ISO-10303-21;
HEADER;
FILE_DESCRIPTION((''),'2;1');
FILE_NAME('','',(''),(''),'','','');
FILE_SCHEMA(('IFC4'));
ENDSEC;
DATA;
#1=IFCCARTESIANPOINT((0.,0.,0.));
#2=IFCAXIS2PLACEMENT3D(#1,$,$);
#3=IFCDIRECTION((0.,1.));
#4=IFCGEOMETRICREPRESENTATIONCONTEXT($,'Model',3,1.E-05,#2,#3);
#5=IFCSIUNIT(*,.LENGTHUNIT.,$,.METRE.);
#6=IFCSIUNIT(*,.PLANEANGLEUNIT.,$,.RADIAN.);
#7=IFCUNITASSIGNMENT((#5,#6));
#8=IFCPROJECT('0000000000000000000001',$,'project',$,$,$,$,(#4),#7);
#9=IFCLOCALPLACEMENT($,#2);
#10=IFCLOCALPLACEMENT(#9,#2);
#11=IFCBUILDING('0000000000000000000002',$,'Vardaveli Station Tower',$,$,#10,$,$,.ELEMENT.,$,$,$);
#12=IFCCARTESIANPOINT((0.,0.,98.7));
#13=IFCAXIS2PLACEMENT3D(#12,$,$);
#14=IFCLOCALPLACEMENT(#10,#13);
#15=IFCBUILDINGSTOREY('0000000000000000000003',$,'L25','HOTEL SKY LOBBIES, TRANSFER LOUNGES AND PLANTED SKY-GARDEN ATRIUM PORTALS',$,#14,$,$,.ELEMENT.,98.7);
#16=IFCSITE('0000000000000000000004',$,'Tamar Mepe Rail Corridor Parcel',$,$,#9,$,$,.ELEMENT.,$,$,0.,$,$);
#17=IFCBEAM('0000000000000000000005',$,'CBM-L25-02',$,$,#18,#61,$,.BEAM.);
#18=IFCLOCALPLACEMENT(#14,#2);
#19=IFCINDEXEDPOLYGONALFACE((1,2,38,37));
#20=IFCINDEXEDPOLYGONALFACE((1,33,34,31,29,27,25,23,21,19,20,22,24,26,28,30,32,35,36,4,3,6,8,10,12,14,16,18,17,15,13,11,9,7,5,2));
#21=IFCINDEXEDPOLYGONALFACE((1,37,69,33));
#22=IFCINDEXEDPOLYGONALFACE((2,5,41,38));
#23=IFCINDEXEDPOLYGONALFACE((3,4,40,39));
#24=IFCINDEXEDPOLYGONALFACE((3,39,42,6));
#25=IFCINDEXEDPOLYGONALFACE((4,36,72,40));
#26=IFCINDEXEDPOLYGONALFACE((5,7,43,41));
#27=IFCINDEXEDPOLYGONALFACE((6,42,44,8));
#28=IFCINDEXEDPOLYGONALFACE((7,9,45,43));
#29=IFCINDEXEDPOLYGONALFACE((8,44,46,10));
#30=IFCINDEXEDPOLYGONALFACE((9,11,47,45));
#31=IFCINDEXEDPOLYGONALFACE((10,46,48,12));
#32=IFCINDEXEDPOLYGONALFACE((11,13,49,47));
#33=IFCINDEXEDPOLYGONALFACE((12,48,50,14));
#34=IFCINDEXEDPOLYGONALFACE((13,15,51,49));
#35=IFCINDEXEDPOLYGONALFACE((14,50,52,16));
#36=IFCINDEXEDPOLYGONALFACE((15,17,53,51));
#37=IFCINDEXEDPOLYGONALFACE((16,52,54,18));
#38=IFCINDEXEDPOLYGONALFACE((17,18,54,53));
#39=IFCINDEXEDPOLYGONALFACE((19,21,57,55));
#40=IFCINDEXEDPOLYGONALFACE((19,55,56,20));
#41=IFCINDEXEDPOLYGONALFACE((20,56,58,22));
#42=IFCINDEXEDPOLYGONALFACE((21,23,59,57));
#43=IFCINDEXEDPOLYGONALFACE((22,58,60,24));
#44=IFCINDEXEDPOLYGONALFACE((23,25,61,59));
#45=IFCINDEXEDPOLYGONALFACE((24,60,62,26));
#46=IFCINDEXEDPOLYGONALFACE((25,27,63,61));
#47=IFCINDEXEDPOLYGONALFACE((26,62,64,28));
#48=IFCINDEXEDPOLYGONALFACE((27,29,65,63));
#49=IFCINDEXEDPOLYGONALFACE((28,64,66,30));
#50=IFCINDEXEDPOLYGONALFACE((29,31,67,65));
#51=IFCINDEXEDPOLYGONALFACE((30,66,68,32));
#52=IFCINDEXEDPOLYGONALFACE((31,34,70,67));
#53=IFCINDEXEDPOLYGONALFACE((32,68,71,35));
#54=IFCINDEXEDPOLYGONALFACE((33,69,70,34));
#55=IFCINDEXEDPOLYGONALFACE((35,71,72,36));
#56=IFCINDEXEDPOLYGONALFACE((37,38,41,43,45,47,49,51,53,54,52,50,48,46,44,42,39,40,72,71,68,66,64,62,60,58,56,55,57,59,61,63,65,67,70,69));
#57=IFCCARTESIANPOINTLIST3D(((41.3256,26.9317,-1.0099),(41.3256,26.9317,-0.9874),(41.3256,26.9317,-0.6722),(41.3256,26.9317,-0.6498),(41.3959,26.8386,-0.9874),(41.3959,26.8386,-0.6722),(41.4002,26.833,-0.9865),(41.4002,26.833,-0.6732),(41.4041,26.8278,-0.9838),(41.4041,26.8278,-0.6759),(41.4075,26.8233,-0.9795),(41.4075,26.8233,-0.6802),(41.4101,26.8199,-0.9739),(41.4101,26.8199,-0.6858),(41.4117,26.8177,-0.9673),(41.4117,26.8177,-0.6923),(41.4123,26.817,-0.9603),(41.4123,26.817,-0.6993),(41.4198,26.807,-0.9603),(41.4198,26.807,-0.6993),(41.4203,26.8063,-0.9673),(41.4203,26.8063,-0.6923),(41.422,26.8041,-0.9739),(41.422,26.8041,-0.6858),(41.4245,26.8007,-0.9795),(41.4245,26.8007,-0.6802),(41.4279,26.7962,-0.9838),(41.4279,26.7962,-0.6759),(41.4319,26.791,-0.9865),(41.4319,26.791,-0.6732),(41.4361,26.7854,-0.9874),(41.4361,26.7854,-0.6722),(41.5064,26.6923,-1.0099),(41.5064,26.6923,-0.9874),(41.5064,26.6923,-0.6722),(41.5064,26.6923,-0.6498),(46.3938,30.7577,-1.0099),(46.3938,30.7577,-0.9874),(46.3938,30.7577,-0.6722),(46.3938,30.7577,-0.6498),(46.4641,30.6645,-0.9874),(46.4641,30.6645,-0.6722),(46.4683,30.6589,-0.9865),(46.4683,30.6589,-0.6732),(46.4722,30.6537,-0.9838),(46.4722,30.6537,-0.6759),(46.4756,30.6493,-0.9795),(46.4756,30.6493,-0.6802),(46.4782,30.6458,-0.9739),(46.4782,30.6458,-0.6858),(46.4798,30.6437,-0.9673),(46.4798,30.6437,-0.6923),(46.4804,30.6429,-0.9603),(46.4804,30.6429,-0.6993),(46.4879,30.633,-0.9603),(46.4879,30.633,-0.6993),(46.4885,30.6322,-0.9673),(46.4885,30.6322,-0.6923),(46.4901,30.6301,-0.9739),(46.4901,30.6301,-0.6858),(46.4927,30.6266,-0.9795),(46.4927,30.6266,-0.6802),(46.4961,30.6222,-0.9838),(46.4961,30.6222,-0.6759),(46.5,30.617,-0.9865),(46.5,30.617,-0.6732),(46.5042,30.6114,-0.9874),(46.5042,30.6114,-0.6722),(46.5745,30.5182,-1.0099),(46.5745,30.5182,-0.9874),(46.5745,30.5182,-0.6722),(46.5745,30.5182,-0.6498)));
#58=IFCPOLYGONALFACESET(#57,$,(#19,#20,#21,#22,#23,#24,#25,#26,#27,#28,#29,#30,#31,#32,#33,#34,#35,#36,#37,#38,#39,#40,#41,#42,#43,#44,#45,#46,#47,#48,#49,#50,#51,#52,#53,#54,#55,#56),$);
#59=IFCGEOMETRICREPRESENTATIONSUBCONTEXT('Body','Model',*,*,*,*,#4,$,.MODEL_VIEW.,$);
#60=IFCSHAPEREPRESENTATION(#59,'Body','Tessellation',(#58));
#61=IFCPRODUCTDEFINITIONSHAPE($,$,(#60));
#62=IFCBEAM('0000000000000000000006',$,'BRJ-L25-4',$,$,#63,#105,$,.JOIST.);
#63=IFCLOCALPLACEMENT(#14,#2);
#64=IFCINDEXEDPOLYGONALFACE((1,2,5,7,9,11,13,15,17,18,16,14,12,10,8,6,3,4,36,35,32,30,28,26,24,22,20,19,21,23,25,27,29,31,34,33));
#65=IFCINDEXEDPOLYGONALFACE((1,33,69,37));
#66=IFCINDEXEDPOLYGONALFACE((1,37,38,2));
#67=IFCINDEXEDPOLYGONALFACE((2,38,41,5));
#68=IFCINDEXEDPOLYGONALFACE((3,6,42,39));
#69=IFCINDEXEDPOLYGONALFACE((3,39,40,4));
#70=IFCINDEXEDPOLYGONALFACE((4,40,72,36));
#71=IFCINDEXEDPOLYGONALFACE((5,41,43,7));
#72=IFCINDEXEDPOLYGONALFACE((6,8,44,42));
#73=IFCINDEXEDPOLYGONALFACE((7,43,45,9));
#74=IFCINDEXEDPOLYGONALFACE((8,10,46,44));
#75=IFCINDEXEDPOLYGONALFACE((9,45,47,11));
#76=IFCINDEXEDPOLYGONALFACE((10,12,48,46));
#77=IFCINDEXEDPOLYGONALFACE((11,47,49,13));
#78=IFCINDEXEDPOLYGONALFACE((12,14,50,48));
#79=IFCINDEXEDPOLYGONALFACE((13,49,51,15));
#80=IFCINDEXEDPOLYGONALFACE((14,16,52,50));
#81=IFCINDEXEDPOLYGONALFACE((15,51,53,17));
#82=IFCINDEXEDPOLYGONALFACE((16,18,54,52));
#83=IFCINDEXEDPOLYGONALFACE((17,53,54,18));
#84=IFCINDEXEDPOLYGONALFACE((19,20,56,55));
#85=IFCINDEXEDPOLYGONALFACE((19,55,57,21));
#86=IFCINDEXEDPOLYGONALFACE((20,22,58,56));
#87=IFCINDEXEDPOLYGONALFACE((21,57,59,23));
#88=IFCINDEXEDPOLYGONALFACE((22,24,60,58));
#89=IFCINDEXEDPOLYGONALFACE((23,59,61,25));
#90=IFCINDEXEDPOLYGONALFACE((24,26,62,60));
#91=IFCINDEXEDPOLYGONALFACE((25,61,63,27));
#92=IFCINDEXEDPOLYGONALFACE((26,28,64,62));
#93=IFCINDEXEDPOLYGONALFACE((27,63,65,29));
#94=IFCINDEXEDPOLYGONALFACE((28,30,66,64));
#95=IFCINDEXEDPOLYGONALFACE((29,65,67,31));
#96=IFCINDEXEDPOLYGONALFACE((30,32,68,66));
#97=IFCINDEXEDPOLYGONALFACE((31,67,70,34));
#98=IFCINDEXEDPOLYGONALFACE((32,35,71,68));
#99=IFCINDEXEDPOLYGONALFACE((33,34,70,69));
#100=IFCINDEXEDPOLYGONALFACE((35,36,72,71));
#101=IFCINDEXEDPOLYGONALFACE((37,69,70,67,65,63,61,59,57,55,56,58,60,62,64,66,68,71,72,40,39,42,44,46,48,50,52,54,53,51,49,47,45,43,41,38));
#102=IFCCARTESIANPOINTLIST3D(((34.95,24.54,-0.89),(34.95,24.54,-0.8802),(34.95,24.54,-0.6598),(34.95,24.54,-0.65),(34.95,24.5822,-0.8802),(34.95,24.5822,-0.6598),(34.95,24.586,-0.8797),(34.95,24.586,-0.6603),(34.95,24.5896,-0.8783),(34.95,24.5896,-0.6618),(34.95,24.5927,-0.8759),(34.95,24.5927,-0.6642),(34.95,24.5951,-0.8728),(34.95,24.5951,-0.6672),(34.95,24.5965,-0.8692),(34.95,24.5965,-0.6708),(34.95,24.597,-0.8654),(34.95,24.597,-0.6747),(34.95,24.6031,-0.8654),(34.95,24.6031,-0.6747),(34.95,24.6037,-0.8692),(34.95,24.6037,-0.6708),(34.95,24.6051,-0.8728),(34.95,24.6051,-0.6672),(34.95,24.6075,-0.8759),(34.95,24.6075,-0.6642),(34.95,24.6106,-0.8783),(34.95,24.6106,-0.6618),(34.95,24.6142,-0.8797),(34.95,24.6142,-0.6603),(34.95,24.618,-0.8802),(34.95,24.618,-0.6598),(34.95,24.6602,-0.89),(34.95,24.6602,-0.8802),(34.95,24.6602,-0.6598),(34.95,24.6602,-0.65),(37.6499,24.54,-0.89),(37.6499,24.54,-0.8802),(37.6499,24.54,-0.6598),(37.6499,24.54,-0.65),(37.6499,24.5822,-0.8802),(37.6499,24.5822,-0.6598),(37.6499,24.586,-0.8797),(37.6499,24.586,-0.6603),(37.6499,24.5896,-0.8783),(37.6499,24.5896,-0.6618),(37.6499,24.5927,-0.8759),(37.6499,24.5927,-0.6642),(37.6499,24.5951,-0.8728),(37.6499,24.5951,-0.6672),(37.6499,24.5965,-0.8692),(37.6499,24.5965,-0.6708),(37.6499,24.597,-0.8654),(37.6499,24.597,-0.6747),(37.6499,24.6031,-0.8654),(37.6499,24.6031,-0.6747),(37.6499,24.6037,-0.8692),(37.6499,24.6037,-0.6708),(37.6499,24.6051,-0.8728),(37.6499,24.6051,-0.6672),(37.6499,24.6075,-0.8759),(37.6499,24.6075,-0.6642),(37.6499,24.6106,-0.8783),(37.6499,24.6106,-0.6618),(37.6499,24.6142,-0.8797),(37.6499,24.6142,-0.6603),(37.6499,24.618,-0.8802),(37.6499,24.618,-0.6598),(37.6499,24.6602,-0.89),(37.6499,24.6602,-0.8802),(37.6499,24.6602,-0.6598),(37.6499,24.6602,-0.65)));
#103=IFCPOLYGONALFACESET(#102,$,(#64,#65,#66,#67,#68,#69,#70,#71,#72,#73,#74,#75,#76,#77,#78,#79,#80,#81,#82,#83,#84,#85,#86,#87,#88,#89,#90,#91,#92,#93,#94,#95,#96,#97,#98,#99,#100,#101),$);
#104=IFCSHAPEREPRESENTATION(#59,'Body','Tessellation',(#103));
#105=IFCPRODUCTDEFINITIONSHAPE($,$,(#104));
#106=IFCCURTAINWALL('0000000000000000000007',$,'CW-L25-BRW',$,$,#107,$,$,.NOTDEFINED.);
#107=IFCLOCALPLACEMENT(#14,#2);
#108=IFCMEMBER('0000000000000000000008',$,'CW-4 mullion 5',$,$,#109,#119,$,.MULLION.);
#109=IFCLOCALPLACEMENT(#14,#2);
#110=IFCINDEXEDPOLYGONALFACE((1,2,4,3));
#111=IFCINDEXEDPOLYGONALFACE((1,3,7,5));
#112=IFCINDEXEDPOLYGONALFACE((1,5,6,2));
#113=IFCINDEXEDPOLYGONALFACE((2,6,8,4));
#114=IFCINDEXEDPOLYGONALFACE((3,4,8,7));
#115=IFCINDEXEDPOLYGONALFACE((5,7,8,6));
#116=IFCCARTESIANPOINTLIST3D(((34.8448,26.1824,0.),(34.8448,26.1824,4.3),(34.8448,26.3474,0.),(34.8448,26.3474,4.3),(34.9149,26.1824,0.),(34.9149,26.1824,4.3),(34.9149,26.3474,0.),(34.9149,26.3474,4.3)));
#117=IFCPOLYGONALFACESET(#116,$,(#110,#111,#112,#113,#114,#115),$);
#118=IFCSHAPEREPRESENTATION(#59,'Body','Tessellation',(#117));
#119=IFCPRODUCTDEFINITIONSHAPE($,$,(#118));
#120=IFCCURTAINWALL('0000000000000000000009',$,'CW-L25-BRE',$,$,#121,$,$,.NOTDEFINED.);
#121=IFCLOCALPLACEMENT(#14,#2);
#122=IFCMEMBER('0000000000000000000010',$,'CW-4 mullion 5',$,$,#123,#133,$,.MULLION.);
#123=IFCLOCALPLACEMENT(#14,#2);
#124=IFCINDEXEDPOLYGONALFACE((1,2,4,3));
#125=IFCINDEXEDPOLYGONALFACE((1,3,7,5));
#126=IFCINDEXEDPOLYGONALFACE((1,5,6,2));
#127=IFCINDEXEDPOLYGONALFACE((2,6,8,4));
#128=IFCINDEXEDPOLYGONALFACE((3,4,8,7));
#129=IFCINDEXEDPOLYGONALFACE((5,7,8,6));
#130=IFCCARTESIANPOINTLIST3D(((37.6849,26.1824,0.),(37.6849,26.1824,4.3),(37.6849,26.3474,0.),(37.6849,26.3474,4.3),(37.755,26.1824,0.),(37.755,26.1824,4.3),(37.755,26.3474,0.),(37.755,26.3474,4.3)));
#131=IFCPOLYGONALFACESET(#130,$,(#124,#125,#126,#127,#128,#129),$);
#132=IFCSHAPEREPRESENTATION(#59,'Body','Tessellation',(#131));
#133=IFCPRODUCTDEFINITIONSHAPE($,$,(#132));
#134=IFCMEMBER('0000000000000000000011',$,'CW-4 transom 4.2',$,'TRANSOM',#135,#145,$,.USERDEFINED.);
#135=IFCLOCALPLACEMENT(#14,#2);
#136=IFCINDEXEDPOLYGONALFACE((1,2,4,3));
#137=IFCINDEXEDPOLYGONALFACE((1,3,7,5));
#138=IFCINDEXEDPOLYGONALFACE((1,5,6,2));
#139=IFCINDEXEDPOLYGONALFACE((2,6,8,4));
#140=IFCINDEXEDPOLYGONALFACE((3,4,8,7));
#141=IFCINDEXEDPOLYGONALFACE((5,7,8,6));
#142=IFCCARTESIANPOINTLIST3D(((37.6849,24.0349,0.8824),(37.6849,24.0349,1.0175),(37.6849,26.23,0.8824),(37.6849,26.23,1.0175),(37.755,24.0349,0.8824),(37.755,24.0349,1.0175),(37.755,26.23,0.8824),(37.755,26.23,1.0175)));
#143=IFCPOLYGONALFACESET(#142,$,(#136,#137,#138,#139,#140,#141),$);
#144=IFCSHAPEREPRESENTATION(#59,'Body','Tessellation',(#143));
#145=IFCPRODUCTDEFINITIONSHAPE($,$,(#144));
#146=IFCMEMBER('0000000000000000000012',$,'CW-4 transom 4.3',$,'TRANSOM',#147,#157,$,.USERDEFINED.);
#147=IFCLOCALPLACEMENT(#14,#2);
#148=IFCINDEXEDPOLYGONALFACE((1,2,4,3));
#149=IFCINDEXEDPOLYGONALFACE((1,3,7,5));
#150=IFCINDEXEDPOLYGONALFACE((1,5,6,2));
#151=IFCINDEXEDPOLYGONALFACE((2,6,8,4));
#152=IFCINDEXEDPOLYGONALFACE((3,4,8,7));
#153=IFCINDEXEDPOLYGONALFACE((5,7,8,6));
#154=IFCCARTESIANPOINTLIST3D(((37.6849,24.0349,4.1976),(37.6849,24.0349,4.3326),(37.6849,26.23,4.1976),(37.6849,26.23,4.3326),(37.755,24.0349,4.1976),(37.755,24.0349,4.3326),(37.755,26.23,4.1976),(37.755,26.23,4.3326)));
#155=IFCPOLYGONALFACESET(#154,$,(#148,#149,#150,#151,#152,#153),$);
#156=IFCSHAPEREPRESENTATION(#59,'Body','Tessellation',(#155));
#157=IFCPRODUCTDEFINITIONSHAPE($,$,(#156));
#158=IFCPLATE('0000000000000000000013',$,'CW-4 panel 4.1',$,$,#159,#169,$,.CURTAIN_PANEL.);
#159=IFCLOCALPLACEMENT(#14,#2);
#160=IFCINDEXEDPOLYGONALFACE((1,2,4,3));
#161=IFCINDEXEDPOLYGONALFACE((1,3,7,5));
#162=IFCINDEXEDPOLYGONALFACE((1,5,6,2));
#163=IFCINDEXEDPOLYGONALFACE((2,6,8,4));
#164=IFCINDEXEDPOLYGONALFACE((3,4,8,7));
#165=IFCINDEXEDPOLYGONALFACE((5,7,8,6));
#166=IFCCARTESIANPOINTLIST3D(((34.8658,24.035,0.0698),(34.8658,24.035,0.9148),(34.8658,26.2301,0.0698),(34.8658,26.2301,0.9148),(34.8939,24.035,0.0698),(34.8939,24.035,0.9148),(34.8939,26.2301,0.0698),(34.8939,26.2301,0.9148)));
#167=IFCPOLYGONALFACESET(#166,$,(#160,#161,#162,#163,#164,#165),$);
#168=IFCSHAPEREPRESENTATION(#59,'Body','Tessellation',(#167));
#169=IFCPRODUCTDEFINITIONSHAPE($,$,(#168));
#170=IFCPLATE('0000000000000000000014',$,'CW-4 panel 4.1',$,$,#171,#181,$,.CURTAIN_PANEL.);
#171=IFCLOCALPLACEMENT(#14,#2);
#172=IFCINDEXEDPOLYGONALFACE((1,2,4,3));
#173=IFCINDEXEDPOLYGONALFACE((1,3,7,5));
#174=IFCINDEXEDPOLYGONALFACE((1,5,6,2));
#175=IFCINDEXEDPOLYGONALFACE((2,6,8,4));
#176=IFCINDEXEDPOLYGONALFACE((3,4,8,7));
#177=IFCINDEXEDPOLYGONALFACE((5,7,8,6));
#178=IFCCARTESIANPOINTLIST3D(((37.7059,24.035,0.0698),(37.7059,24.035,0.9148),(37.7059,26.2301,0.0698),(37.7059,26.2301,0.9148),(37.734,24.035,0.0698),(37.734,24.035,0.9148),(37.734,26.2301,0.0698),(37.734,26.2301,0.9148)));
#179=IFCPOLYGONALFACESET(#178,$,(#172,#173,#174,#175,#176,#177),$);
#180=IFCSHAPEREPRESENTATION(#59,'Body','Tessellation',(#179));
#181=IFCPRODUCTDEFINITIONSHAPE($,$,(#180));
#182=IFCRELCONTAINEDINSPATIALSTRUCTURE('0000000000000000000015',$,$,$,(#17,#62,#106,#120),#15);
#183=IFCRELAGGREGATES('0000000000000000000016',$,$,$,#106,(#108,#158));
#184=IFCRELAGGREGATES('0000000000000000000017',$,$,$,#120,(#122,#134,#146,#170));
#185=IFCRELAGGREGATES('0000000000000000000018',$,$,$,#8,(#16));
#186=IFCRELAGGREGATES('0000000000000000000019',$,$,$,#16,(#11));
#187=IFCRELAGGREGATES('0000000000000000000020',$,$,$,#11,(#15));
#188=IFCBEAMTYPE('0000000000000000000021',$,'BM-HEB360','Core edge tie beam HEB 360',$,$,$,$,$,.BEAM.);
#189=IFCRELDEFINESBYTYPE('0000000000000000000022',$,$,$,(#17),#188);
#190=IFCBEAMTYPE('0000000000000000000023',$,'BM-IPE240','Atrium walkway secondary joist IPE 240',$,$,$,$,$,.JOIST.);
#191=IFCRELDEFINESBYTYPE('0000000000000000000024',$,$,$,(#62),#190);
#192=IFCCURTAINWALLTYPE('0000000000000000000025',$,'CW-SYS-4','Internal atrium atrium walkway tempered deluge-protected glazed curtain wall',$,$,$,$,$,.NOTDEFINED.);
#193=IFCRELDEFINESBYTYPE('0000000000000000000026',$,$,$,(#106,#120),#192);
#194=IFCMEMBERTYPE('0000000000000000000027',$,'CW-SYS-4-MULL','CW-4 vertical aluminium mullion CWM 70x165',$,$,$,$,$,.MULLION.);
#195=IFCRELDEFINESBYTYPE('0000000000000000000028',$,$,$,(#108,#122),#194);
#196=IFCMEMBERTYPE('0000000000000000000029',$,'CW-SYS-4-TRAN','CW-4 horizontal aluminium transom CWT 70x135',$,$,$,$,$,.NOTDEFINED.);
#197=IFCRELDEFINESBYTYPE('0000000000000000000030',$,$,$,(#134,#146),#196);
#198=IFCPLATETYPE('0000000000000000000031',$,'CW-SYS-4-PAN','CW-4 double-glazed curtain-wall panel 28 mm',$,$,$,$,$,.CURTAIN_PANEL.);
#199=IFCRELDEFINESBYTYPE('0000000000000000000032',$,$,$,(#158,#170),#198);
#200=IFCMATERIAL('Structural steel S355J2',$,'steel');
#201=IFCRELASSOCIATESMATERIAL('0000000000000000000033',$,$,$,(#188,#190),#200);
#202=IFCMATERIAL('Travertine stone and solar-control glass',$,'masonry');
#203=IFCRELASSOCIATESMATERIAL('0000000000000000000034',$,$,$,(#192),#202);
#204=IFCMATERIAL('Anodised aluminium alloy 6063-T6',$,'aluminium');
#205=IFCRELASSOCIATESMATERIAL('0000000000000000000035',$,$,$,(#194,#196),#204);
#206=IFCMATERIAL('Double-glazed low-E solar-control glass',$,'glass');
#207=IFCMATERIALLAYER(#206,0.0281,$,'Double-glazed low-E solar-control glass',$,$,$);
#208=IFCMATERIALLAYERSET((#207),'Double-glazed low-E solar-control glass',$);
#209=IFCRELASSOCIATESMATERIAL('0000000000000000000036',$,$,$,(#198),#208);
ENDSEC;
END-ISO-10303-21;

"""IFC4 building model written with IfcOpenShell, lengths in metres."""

from ifc_helpers import new_model, si_unit, direction, frame, origin, origin_2d, place, context, subcontext, project, spatial, rectangle, i_section, extrude, source, transform, mapped, material, layer, layer_set, material_profile, profile_set, type_object, element, aggregate, save


model = new_model("IFC4")

# Units and contexts
model_context = context("Model", 3, precision=1e-05, world=origin(), true_north=direction((0.0, 1.0)))
body_context = subcontext(model_context, "Body", "Model", "MODEL_VIEW")
ifc_project = project(units=[si_unit("LENGTHUNIT", "METRE"), si_unit("PLANEANGLEUNIT", "RADIAN")], contexts=[model_context])

# Site, building, storey
site_placement = place(None, origin())
site = spatial("IfcSite", under=ifc_project, at=site_placement, Name="Tamar Mepe Rail Corridor Parcel", CompositionType="ELEMENT", RefElevation=0.0)
building_placement = place(site_placement, origin())
building = spatial("IfcBuilding", under=site, at=building_placement, Name="Vardaveli Station Tower", CompositionType="ELEMENT")
storey_placement = place(building_placement, frame((0.0, 0.0, 98.7)))
storey = spatial("IfcBuildingStorey", under=building, at=storey_placement, Name="L25", Description="HOTEL SKY LOBBIES, TRANSFER LOUNGES AND PLANTED SKY-GARDEN ATRIUM PORTALS", CompositionType="ELEMENT", Elevation=98.7)

# Beams
ifc_material_1 = material(Name="Structural steel S355J2", Category="steel")
ifc_material_profile_1 = material_profile(ifc_material_1, i_section(OverallWidth=0.3, OverallDepth=0.3601, WebThickness=0.0125, FlangeThickness=0.0225, FilletRadius=0.0271, at=origin_2d()), Name="HEB 360")
ifc_profile_set_1 = profile_set([ifc_material_profile_1], Name="Structural steel S355J2")
beam_type_1 = type_object("IfcBeamType", Name="BM-HEB360", Description="Core edge tie beam HEB 360", PredefinedType="BEAM", material=ifc_profile_set_1)
shared_shape_1 = source(origin(), body_context, "Body", "SweptSolid", [
    extrude(i_section(OverallWidth=0.3, OverallDepth=0.3601, WebThickness=0.0125, FlangeThickness=0.0225, FilletRadius=0.0271, at=origin_2d()), origin(), (0.0, 0.0, 1.0), 6.3501),
])
beam_1_placement = place(storey_placement, frame((41.416, 26.812, -0.8298), z_axis=(0.798118, 0.602501, 0.0), x_axis=(-0.602501, 0.798118, 0.0)))
element("IfcBeam", 1, at=beam_1_placement, inside=storey, type_object=beam_type_1, Name="CBM-L25-02", PredefinedType="BEAM", context=body_context, shape_type="MappedRepresentation", body=[
    mapped(shared_shape_1, transform((0.0, 0.0, 0.0), scale=1.0)),
])
ifc_material_profile_2 = material_profile(ifc_material_1, i_section(OverallWidth=0.1201, OverallDepth=0.24, WebThickness=0.0061, FlangeThickness=0.0098, FilletRadius=0.0149, at=origin_2d()), Name="IPE 240")
ifc_profile_set_2 = profile_set([ifc_material_profile_2], Name="Structural steel S355J2")
beam_type_2 = type_object("IfcBeamType", Name="BM-IPE240", Description="Atrium walkway secondary joist IPE 240", PredefinedType="JOIST", material=ifc_profile_set_2)
shared_shape_2 = source(origin(), body_context, "Body", "SweptSolid", [
    extrude(i_section(OverallWidth=0.1201, OverallDepth=0.24, WebThickness=0.0061, FlangeThickness=0.0098, FilletRadius=0.0149, at=origin_2d()), origin(), (0.0, 0.0, 1.0), 2.7),
])
beam_2_placement = place(storey_placement, frame((34.95, 24.6001, -0.77), z_axis=(1.0, 0.0, 0.0), x_axis=(0.0, 1.0, 0.0)))
element("IfcBeam", 2, at=beam_2_placement, inside=storey, type_object=beam_type_2, Name="BRJ-L25-4", PredefinedType="JOIST", context=body_context, shape_type="MappedRepresentation", body=[
    mapped(shared_shape_2, transform((0.0, 0.0, 0.0), scale=1.0)),
])

# Curtain wall, member
ifc_material_2 = material(Name="Travertine stone and solar-control glass", Category="masonry")
curtain_wall_type = type_object("IfcCurtainWallType", Name="CW-SYS-4", Description="Internal atrium atrium walkway tempered deluge-protected glazed curtain wall", PredefinedType="NOTDEFINED", material=ifc_material_2)
curtain_wall_1_placement = place(storey_placement, origin())
curtain_wall_1 = element("IfcCurtainWall", 3, at=curtain_wall_1_placement, inside=storey, type_object=curtain_wall_type, Name="CW-L25-BRW", PredefinedType="NOTDEFINED")
ifc_material_3 = material(Name="Anodised aluminium alloy 6063-T6", Category="aluminium")
ifc_material_profile_3 = material_profile(ifc_material_3, rectangle(XDim=0.0701, YDim=0.165, at=origin_2d()), Name="CWM 70x165")
ifc_profile_set_3 = profile_set([ifc_material_profile_3], Name="Anodised aluminium alloy 6063-T6")
member_type_1 = type_object("IfcMemberType", Name="CW-SYS-4-MULL", Description="CW-4 vertical aluminium mullion CWM 70x165", PredefinedType="MULLION", material=ifc_profile_set_3)
shared_shape_3 = source(origin(), body_context, "Body", "SweptSolid", [
    extrude(rectangle(XDim=0.0701, YDim=0.165, at=origin_2d()), origin(), (0.0, 0.0, 1.0), 4.3),
])
member_1_placement = place(storey_placement, frame((34.8799, 26.2649, 0.0), z_axis=(0.0, 0.0, 1.0), x_axis=(-1.0, 0.0, 0.0)))
member_1 = element("IfcMember", 4, at=member_1_placement, type_object=member_type_1, Name="CW-4 mullion 5", PredefinedType="MULLION", context=body_context, shape_type="MappedRepresentation", body=[
    mapped(shared_shape_3, transform((0.0, 0.0, 0.0), scale=1.0)),
])

# Curtain wall, members
curtain_wall_2_placement = place(storey_placement, origin())
curtain_wall_2 = element("IfcCurtainWall", 5, at=curtain_wall_2_placement, inside=storey, type_object=curtain_wall_type, Name="CW-L25-BRE", PredefinedType="NOTDEFINED")
member_2_placement = place(storey_placement, frame((37.72, 26.2649, 0.0), z_axis=(0.0, 0.0, 1.0), x_axis=(-1.0, 0.0, 0.0)))
member_2 = element("IfcMember", 6, at=member_2_placement, type_object=member_type_1, Name="CW-4 mullion 5", PredefinedType="MULLION", context=body_context, shape_type="MappedRepresentation", body=[
    mapped(shared_shape_3, transform((0.0, 0.0, 0.0), scale=1.0)),
])
ifc_material_profile_4 = material_profile(ifc_material_3, rectangle(XDim=0.0701, YDim=0.135, at=origin_2d()), Name="CWT 70x135")
ifc_profile_set_4 = profile_set([ifc_material_profile_4], Name="Anodised aluminium alloy 6063-T6")
member_type_2 = type_object("IfcMemberType", Name="CW-SYS-4-TRAN", Description="CW-4 horizontal aluminium transom CWT 70x135", PredefinedType="NOTDEFINED", material=ifc_profile_set_4)
shared_shape_4 = source(origin(), body_context, "Body", "SweptSolid", [
    extrude(rectangle(XDim=0.0701, YDim=0.135, at=origin_2d()), origin(), (0.0, 0.0, 1.0), 2.1951),
])
member_3_placement = place(storey_placement, frame((37.72, 24.0349, 0.95), z_axis=(0.0, 1.0, 0.0), x_axis=(-1.0, 0.0, 0.0)))
member_3 = element("IfcMember", 7, at=member_3_placement, type_object=member_type_2, Name="CW-4 transom 4.2", ObjectType="TRANSOM", PredefinedType="USERDEFINED", context=body_context, shape_type="MappedRepresentation", body=[
    mapped(shared_shape_4, transform((0.0, 0.0, 0.0), scale=1.0)),
])
member_4_placement = place(storey_placement, frame((37.72, 24.0349, 4.2651), z_axis=(0.0, 1.0, 0.0), x_axis=(-1.0, 0.0, 0.0)))
member_4 = element("IfcMember", 8, at=member_4_placement, type_object=member_type_2, Name="CW-4 transom 4.3", ObjectType="TRANSOM", PredefinedType="USERDEFINED", context=body_context, shape_type="MappedRepresentation", body=[
    mapped(shared_shape_4, transform((0.0, 0.0, 0.0), scale=1.0)),
])

# Plates
ifc_material_4 = material(Name="Double-glazed low-E solar-control glass", Category="glass")
ifc_layer_1 = layer(ifc_material_4, 0.0281, Name="Double-glazed low-E solar-control glass")
ifc_layer_set_1 = layer_set([ifc_layer_1], Name="Double-glazed low-E solar-control glass")
plate_type = type_object("IfcPlateType", Name="CW-SYS-4-PAN", Description="CW-4 double-glazed curtain-wall panel 28 mm", PredefinedType="CURTAIN_PANEL", material=ifc_layer_set_1)
shared_shape_5 = source(origin(), body_context, "Body", "SweptSolid", [
    extrude(rectangle(XDim=2.1951, YDim=0.0281, at=origin_2d()), origin(), (0.0, 0.0, 1.0), 0.845),
])
plate_1_placement = place(storey_placement, frame((34.8799, 25.1326, 0.0698), z_axis=(0.0, 0.0, 1.0), x_axis=(0.0, 1.0, 0.0)))
plate_1 = element("IfcPlate", 9, at=plate_1_placement, type_object=plate_type, Name="CW-4 panel 4.1", PredefinedType="CURTAIN_PANEL", context=body_context, shape_type="MappedRepresentation", body=[
    mapped(shared_shape_5, transform((0.0, 0.0, 0.0), scale=1.0)),
])
plate_2_placement = place(storey_placement, frame((37.72, 25.1326, 0.0698), z_axis=(0.0, 0.0, 1.0), x_axis=(0.0, 1.0, 0.0)))
plate_2 = element("IfcPlate", 10, at=plate_2_placement, type_object=plate_type, Name="CW-4 panel 4.1", PredefinedType="CURTAIN_PANEL", context=body_context, shape_type="MappedRepresentation", body=[
    mapped(shared_shape_5, transform((0.0, 0.0, 0.0), scale=1.0)),
])
aggregate(curtain_wall_1, [member_1, plate_1])
aggregate(curtain_wall_2, [member_2, member_3, member_4, plate_2])

save(model, "model.ifc")
